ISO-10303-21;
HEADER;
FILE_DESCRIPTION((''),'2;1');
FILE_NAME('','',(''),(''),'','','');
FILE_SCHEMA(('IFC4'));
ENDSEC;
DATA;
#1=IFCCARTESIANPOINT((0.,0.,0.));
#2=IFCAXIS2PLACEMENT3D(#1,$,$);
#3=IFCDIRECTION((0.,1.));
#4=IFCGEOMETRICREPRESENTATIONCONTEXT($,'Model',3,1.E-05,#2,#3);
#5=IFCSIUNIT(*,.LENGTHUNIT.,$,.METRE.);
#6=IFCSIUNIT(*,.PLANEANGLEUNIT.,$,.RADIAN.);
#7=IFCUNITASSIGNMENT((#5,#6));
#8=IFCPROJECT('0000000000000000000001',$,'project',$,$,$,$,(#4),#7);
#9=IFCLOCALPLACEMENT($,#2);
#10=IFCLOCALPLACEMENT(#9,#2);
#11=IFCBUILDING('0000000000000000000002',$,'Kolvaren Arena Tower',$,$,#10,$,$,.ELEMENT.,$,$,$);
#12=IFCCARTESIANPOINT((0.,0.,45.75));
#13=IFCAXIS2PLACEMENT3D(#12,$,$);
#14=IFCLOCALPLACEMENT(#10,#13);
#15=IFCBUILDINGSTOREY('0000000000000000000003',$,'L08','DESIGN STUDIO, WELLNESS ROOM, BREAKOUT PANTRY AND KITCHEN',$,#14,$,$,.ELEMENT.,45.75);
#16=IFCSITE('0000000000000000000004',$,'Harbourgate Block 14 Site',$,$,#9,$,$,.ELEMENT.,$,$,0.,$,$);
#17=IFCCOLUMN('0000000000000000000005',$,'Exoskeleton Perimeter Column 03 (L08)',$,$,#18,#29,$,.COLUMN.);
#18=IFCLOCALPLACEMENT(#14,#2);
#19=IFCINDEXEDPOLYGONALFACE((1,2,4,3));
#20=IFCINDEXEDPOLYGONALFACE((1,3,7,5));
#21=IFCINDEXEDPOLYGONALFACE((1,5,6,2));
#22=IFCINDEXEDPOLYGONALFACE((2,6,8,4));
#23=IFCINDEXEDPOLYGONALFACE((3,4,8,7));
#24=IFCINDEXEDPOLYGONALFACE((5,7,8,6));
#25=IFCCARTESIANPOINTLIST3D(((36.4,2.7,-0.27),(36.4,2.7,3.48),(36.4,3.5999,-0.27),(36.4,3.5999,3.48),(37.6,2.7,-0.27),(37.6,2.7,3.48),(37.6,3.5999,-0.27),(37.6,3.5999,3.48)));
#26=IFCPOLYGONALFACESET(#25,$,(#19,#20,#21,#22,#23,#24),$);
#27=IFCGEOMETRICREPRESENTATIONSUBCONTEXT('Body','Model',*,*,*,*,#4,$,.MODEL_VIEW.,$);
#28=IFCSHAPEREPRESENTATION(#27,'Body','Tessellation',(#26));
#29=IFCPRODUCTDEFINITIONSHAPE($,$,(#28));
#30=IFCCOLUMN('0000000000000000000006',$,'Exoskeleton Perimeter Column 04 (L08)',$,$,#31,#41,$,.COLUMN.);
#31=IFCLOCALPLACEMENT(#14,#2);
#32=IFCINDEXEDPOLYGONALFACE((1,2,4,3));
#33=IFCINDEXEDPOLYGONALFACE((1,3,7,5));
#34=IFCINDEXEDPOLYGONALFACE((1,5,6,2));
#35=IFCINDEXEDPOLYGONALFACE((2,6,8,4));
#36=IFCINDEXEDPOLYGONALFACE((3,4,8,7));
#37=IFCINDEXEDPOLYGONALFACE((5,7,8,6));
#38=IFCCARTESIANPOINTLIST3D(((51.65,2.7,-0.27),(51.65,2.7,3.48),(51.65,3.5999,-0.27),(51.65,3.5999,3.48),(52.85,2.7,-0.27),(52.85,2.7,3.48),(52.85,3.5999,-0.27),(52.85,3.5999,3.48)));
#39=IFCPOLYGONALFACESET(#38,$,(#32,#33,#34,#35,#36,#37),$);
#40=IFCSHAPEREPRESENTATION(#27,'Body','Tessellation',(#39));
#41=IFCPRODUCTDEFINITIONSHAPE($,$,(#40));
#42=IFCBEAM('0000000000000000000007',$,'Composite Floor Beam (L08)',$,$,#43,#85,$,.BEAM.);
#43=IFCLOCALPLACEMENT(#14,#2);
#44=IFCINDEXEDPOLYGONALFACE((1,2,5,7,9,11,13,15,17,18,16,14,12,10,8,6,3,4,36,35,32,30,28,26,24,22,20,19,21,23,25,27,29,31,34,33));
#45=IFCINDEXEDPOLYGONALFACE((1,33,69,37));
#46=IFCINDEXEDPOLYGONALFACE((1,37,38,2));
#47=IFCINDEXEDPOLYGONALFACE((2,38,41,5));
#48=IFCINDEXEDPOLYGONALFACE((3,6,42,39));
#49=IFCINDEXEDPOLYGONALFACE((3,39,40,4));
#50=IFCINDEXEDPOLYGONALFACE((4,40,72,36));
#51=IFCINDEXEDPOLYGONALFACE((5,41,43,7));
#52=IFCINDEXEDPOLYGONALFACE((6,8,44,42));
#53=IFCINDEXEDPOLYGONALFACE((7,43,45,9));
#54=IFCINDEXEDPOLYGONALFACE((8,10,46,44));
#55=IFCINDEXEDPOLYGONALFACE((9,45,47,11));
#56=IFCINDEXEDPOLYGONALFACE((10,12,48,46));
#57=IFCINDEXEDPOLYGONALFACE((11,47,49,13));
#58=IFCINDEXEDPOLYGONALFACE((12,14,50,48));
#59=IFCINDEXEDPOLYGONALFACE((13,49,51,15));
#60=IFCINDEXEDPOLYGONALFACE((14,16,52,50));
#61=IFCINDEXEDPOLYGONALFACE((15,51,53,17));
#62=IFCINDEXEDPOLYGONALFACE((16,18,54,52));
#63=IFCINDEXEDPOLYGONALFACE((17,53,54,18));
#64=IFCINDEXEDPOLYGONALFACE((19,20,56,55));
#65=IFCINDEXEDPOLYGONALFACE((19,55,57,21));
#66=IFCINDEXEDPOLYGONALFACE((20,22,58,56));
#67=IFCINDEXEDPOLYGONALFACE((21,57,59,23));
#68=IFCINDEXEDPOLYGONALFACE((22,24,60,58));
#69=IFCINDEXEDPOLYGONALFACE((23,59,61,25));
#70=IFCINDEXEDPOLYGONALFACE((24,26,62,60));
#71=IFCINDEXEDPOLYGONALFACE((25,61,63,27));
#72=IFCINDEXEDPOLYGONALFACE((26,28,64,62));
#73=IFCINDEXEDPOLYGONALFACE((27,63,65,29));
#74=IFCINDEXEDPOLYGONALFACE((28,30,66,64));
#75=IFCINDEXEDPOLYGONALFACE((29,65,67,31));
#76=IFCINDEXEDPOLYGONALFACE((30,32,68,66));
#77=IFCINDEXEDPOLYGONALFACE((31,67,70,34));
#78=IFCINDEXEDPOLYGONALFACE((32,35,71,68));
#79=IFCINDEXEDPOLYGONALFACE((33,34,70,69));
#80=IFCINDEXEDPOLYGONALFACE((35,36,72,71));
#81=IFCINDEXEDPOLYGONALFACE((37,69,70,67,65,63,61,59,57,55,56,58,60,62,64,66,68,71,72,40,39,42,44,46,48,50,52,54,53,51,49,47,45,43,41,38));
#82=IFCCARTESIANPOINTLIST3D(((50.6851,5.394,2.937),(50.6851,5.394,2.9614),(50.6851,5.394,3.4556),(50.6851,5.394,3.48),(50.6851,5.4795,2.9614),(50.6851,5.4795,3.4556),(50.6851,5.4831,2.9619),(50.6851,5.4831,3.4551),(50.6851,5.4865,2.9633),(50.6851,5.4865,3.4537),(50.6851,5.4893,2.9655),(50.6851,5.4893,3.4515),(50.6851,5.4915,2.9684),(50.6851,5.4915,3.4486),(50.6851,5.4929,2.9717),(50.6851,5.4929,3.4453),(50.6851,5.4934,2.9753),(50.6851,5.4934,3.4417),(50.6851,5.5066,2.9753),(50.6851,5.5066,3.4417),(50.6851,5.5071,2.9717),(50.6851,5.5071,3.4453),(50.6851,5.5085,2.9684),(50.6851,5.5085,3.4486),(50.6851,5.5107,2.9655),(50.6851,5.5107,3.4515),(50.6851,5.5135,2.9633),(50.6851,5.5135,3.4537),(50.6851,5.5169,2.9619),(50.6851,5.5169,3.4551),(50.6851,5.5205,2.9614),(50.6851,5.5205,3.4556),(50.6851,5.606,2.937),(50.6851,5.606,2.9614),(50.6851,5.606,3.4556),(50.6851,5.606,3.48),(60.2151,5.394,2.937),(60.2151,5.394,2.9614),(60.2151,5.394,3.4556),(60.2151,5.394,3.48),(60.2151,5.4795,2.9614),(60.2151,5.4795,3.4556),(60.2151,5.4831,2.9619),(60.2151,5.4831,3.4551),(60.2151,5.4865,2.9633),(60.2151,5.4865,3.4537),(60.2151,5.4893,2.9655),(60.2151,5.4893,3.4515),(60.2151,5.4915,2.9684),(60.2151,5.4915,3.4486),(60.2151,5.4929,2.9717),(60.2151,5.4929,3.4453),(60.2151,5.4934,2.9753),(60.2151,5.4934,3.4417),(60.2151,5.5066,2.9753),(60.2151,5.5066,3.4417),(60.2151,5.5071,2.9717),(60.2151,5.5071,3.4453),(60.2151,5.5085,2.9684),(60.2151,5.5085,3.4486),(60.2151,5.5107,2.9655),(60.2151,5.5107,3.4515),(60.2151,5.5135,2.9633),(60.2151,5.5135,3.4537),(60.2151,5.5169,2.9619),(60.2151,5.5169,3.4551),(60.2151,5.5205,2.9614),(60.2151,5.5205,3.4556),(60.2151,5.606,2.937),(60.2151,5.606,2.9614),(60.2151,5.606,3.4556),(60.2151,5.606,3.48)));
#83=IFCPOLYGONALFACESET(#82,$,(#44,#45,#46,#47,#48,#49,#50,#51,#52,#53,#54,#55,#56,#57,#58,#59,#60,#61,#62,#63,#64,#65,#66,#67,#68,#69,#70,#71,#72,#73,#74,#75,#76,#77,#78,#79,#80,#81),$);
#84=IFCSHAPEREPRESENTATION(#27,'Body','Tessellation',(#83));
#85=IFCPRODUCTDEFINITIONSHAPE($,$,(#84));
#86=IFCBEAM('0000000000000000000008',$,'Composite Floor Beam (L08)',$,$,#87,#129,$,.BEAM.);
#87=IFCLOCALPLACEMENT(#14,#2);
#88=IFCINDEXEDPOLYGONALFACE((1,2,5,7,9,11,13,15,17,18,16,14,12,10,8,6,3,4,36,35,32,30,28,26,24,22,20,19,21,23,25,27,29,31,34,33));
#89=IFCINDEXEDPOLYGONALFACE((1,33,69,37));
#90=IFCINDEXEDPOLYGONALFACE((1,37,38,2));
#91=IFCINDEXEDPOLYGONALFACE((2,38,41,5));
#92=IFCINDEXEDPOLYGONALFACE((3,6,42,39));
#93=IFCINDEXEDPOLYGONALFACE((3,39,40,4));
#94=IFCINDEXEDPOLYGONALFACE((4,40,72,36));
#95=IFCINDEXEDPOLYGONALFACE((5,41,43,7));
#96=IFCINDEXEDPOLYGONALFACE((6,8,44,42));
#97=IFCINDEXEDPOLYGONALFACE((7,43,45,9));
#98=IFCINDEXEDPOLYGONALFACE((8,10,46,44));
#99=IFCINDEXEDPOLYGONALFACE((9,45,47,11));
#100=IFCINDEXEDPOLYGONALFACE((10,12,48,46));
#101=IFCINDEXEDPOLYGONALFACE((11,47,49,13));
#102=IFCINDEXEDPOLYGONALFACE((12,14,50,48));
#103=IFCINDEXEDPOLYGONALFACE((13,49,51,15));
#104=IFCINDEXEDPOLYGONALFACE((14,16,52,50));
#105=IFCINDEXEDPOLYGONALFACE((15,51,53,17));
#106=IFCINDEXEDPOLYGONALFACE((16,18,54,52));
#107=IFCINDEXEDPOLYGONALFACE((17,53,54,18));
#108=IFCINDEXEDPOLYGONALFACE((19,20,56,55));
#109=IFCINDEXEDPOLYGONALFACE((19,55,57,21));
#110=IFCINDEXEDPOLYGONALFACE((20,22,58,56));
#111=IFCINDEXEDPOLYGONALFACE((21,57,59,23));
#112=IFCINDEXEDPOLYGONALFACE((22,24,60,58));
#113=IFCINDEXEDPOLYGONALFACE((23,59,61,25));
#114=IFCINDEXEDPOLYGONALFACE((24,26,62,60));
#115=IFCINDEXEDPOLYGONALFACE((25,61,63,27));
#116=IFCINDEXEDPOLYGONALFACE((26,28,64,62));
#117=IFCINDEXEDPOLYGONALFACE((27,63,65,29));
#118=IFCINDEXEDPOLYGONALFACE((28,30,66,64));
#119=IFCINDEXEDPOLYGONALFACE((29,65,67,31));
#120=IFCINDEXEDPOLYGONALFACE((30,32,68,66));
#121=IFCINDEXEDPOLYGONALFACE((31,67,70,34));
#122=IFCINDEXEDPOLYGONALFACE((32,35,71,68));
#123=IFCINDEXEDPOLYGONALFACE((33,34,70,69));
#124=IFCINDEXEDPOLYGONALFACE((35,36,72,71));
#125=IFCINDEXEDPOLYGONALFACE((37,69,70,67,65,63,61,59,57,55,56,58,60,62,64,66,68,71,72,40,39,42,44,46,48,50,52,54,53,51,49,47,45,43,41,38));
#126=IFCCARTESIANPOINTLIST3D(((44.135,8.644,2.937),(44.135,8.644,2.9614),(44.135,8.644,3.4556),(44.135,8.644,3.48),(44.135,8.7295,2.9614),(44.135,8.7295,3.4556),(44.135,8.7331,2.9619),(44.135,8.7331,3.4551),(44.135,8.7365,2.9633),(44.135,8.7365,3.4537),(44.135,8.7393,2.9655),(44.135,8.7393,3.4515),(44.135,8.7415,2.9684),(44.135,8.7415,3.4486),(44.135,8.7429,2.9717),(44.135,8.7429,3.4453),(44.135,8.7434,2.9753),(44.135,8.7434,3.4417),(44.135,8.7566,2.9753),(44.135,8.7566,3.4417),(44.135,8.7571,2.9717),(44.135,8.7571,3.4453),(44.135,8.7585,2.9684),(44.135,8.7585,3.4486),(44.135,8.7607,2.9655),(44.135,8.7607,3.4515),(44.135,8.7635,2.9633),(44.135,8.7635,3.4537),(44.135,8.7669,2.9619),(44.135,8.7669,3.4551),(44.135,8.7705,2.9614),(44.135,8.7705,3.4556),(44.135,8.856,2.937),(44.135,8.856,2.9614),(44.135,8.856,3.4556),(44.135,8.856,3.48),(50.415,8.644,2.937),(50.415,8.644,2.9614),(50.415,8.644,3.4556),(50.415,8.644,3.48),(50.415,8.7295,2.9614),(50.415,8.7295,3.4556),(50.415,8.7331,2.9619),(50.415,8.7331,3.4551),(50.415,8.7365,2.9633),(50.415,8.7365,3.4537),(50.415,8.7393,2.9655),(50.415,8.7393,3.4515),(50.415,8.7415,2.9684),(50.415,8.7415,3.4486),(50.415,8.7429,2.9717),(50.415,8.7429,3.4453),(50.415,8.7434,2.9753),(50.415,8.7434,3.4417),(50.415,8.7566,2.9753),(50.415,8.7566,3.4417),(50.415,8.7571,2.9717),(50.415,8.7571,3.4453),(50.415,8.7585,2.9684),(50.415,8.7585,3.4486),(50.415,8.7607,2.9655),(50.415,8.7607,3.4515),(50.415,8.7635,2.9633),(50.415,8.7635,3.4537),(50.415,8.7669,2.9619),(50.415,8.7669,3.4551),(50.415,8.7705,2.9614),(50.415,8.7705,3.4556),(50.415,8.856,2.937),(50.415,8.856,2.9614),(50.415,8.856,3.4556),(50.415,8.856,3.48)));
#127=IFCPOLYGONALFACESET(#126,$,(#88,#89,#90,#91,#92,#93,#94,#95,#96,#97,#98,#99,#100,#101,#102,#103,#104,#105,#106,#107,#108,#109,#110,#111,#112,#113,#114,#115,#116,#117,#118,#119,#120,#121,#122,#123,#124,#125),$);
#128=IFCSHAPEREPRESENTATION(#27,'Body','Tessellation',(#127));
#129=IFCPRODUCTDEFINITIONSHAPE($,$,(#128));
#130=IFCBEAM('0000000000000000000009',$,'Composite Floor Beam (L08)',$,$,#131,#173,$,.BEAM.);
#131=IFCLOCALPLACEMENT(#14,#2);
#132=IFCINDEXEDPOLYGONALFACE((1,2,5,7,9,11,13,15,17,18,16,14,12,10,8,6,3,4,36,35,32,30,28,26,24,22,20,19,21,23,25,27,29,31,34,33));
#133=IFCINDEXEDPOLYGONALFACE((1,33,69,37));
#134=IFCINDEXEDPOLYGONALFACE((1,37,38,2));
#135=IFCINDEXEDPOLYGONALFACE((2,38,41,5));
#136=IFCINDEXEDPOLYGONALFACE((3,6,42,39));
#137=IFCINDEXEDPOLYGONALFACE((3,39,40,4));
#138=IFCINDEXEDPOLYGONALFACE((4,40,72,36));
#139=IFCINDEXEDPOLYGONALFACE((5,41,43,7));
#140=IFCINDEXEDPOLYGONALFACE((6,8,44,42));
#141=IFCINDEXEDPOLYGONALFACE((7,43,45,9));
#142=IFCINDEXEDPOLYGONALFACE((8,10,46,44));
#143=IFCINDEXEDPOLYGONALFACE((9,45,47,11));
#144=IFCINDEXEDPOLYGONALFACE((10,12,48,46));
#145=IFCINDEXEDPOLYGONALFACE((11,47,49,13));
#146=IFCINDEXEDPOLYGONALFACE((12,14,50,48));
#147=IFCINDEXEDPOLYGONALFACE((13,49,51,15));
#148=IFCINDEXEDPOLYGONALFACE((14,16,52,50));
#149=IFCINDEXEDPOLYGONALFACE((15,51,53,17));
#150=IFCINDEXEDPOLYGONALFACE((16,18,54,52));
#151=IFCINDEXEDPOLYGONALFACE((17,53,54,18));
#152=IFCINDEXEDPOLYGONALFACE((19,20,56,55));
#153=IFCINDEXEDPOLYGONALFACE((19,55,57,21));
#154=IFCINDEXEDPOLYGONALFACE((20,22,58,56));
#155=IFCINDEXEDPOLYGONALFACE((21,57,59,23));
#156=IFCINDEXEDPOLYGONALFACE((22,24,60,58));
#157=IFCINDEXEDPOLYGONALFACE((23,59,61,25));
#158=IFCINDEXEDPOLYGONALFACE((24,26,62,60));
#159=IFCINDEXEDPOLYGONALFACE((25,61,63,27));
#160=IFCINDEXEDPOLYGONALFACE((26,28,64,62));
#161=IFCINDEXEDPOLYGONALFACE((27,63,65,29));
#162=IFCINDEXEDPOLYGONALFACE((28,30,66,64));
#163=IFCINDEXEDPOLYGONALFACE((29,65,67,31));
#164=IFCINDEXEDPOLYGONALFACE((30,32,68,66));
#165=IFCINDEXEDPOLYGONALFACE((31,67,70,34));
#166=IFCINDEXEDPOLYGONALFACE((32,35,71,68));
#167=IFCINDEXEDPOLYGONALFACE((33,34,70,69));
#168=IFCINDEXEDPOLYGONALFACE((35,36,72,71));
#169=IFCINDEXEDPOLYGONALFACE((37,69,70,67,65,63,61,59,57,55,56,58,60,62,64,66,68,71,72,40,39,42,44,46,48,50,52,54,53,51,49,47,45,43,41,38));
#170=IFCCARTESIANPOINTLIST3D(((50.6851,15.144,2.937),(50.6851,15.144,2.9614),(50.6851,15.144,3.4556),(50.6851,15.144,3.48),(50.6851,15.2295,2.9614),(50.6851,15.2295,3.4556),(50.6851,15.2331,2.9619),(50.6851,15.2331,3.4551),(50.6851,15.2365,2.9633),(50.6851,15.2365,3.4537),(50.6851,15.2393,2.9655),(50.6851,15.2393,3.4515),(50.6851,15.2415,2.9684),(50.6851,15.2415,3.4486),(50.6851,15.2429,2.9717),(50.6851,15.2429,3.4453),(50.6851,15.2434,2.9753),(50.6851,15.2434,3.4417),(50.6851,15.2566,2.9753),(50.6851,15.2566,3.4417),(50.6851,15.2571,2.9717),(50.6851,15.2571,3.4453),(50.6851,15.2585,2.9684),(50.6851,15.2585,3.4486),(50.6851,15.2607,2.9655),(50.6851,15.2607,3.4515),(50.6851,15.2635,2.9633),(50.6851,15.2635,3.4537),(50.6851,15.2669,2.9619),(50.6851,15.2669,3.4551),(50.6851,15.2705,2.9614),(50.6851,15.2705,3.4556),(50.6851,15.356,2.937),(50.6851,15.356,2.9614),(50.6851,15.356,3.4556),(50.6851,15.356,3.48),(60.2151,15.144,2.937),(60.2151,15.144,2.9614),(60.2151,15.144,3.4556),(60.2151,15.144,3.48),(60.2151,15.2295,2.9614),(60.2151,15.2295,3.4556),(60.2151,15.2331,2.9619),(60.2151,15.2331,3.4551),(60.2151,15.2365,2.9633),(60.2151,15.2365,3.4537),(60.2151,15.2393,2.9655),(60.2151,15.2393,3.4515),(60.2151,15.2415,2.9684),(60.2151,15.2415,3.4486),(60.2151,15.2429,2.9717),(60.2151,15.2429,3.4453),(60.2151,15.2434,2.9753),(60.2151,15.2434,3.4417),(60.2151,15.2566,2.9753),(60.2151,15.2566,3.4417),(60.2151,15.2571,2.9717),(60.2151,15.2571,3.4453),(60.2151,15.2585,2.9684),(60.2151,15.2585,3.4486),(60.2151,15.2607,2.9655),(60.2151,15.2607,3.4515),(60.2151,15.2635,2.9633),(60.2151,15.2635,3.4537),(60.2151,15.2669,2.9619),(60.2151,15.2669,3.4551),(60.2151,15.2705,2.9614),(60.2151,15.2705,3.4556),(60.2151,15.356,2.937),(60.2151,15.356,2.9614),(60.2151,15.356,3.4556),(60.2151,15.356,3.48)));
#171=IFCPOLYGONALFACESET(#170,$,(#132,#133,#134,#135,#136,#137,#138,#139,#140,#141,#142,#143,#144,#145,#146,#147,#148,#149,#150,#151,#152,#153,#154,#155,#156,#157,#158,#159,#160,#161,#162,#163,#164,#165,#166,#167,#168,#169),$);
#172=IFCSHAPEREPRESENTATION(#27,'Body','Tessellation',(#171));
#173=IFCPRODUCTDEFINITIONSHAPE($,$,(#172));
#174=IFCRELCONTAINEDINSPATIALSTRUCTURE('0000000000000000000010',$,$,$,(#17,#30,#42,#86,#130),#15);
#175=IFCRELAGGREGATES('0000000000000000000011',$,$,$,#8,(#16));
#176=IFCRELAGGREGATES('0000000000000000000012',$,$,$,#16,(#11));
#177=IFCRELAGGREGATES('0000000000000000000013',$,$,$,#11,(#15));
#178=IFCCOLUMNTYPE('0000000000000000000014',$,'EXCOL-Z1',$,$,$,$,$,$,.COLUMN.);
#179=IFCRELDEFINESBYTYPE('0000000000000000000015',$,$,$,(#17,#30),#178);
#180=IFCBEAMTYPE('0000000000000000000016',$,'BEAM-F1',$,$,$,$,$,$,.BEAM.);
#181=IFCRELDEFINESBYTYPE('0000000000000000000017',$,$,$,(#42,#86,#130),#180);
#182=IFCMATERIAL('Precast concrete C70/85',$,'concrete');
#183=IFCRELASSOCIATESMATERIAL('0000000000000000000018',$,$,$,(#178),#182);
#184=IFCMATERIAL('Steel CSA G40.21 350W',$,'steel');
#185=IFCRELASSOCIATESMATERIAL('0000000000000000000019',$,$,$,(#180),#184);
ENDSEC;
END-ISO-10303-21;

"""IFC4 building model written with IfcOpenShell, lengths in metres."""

from ifc_helpers import new_model, si_unit, direction, frame, origin, origin_2d, place, context, subcontext, project, spatial, rectangle, i_section, extrude, material, material_profile, profile_set, type_object, element, save


model = new_model("IFC4")

# Units and contexts
model_context = context("Model", 3, precision=1e-05, world=origin(), true_north=direction((0.0, 1.0)))
body_context = subcontext(model_context, "Body", "Model", "MODEL_VIEW")
ifc_project = project(units=[si_unit("LENGTHUNIT", "METRE"), si_unit("PLANEANGLEUNIT", "RADIAN")], contexts=[model_context])

# Site, building, storey
site_placement = place(None, origin())
site = spatial("IfcSite", under=ifc_project, at=site_placement, Name="Harbourgate Block 14 Site", CompositionType="ELEMENT", RefElevation=0.0)
building_placement = place(site_placement, origin())
building = spatial("IfcBuilding", under=site, at=building_placement, Name="Kolvaren Arena Tower", CompositionType="ELEMENT")
storey_placement = place(building_placement, frame((0.0, 0.0, 45.75)))
storey = spatial("IfcBuildingStorey", under=building, at=storey_placement, Name="L08", Description="DESIGN STUDIO, WELLNESS ROOM, BREAKOUT PANTRY AND KITCHEN", CompositionType="ELEMENT", Elevation=45.75)

# Columns
ifc_material_1 = material(Name="Precast concrete C70/85", Category="concrete")
ifc_material_profile_1 = material_profile(ifc_material_1, rectangle(XDim=1.2, YDim=0.8999, at=origin_2d()), Name="RC-1200x900")
ifc_profile_set_1 = profile_set([ifc_material_profile_1], Name="Precast concrete C70/85")
column_type = type_object("IfcColumnType", Name="EXCOL-Z1", PredefinedType="COLUMN", material=ifc_profile_set_1)
for number, where, z_axis, x_axis, name in (
    (1, (37.0, 3.1499, -0.27), (0.0, 0.0, 1.0), (1.0, 0.0, 0.0), "Exoskeleton Perimeter Column 03 (L08)"),
    (2, (52.25, 3.1499, -0.27), (0.0, 0.0, 1.0), (1.0, 0.0, 0.0), "Exoskeleton Perimeter Column 04 (L08)"),
):
    element("IfcColumn", number, at=place(storey_placement, frame(where, z_axis=z_axis, x_axis=x_axis)), inside=storey, type_object=column_type, Name=name, PredefinedType="COLUMN", context=body_context, shape_type="SweptSolid", body=[
        extrude(rectangle(XDim=1.2, YDim=0.8999, at=origin_2d()), origin(), (0.0, 0.0, 1.0), 3.75),
    ])

# Beams
ifc_material_2 = material(Name="Steel CSA G40.21 350W", Category="steel")
ifc_material_profile_2 = material_profile(ifc_material_2, i_section(OverallWidth=0.2119, OverallDepth=0.543, WebThickness=0.0132, FlangeThickness=0.0244, FilletRadius=0.0139, at=origin_2d()), Name="W530x150")
ifc_profile_set_2 = profile_set([ifc_material_profile_2], Name="Steel CSA G40.21 350W")
beam_type_1 = type_object("IfcBeamType", Name="BEAM-F1", PredefinedType="BEAM", material=ifc_profile_set_2)
beam_1_placement = place(storey_placement, frame((50.6851, 5.5, 3.2085), z_axis=(1.0, 0.0, 0.0), x_axis=(0.0, 1.0, 0.0)))
element("IfcBeam", 3, at=beam_1_placement, inside=storey, type_object=beam_type_1, Name="Composite Floor Beam (L08)", PredefinedType="BEAM", context=body_context, shape_type="SweptSolid", body=[
    extrude(i_section(OverallWidth=0.2119, OverallDepth=0.543, WebThickness=0.0132, FlangeThickness=0.0244, FilletRadius=0.0139, at=origin_2d()), origin(), (0.0, 0.0, 1.0), 9.53),
])
beam_2_placement = place(storey_placement, frame((44.135, 8.75, 3.2085), z_axis=(1.0, 0.0, 0.0), x_axis=(0.0, 1.0, 0.0)))
element("IfcBeam", 4, at=beam_2_placement, inside=storey, type_object=beam_type_1, Name="Composite Floor Beam (L08)", PredefinedType="BEAM", context=body_context, shape_type="SweptSolid", body=[
    extrude(i_section(OverallWidth=0.2119, OverallDepth=0.543, WebThickness=0.0132, FlangeThickness=0.0244, FilletRadius=0.0139, at=origin_2d()), origin(), (0.0, 0.0, 1.0), 6.28),
])
beam_3_placement = place(storey_placement, frame((50.6851, 15.25, 3.2085), z_axis=(1.0, 0.0, 0.0), x_axis=(0.0, 1.0, 0.0)))
element("IfcBeam", 5, at=beam_3_placement, inside=storey, type_object=beam_type_1, Name="Composite Floor Beam (L08)", PredefinedType="BEAM", context=body_context, shape_type="SweptSolid", body=[
    extrude(i_section(OverallWidth=0.2119, OverallDepth=0.543, WebThickness=0.0132, FlangeThickness=0.0244, FilletRadius=0.0139, at=origin_2d()), origin(), (0.0, 0.0, 1.0), 9.53),
])

save(model, "model.ifc")
